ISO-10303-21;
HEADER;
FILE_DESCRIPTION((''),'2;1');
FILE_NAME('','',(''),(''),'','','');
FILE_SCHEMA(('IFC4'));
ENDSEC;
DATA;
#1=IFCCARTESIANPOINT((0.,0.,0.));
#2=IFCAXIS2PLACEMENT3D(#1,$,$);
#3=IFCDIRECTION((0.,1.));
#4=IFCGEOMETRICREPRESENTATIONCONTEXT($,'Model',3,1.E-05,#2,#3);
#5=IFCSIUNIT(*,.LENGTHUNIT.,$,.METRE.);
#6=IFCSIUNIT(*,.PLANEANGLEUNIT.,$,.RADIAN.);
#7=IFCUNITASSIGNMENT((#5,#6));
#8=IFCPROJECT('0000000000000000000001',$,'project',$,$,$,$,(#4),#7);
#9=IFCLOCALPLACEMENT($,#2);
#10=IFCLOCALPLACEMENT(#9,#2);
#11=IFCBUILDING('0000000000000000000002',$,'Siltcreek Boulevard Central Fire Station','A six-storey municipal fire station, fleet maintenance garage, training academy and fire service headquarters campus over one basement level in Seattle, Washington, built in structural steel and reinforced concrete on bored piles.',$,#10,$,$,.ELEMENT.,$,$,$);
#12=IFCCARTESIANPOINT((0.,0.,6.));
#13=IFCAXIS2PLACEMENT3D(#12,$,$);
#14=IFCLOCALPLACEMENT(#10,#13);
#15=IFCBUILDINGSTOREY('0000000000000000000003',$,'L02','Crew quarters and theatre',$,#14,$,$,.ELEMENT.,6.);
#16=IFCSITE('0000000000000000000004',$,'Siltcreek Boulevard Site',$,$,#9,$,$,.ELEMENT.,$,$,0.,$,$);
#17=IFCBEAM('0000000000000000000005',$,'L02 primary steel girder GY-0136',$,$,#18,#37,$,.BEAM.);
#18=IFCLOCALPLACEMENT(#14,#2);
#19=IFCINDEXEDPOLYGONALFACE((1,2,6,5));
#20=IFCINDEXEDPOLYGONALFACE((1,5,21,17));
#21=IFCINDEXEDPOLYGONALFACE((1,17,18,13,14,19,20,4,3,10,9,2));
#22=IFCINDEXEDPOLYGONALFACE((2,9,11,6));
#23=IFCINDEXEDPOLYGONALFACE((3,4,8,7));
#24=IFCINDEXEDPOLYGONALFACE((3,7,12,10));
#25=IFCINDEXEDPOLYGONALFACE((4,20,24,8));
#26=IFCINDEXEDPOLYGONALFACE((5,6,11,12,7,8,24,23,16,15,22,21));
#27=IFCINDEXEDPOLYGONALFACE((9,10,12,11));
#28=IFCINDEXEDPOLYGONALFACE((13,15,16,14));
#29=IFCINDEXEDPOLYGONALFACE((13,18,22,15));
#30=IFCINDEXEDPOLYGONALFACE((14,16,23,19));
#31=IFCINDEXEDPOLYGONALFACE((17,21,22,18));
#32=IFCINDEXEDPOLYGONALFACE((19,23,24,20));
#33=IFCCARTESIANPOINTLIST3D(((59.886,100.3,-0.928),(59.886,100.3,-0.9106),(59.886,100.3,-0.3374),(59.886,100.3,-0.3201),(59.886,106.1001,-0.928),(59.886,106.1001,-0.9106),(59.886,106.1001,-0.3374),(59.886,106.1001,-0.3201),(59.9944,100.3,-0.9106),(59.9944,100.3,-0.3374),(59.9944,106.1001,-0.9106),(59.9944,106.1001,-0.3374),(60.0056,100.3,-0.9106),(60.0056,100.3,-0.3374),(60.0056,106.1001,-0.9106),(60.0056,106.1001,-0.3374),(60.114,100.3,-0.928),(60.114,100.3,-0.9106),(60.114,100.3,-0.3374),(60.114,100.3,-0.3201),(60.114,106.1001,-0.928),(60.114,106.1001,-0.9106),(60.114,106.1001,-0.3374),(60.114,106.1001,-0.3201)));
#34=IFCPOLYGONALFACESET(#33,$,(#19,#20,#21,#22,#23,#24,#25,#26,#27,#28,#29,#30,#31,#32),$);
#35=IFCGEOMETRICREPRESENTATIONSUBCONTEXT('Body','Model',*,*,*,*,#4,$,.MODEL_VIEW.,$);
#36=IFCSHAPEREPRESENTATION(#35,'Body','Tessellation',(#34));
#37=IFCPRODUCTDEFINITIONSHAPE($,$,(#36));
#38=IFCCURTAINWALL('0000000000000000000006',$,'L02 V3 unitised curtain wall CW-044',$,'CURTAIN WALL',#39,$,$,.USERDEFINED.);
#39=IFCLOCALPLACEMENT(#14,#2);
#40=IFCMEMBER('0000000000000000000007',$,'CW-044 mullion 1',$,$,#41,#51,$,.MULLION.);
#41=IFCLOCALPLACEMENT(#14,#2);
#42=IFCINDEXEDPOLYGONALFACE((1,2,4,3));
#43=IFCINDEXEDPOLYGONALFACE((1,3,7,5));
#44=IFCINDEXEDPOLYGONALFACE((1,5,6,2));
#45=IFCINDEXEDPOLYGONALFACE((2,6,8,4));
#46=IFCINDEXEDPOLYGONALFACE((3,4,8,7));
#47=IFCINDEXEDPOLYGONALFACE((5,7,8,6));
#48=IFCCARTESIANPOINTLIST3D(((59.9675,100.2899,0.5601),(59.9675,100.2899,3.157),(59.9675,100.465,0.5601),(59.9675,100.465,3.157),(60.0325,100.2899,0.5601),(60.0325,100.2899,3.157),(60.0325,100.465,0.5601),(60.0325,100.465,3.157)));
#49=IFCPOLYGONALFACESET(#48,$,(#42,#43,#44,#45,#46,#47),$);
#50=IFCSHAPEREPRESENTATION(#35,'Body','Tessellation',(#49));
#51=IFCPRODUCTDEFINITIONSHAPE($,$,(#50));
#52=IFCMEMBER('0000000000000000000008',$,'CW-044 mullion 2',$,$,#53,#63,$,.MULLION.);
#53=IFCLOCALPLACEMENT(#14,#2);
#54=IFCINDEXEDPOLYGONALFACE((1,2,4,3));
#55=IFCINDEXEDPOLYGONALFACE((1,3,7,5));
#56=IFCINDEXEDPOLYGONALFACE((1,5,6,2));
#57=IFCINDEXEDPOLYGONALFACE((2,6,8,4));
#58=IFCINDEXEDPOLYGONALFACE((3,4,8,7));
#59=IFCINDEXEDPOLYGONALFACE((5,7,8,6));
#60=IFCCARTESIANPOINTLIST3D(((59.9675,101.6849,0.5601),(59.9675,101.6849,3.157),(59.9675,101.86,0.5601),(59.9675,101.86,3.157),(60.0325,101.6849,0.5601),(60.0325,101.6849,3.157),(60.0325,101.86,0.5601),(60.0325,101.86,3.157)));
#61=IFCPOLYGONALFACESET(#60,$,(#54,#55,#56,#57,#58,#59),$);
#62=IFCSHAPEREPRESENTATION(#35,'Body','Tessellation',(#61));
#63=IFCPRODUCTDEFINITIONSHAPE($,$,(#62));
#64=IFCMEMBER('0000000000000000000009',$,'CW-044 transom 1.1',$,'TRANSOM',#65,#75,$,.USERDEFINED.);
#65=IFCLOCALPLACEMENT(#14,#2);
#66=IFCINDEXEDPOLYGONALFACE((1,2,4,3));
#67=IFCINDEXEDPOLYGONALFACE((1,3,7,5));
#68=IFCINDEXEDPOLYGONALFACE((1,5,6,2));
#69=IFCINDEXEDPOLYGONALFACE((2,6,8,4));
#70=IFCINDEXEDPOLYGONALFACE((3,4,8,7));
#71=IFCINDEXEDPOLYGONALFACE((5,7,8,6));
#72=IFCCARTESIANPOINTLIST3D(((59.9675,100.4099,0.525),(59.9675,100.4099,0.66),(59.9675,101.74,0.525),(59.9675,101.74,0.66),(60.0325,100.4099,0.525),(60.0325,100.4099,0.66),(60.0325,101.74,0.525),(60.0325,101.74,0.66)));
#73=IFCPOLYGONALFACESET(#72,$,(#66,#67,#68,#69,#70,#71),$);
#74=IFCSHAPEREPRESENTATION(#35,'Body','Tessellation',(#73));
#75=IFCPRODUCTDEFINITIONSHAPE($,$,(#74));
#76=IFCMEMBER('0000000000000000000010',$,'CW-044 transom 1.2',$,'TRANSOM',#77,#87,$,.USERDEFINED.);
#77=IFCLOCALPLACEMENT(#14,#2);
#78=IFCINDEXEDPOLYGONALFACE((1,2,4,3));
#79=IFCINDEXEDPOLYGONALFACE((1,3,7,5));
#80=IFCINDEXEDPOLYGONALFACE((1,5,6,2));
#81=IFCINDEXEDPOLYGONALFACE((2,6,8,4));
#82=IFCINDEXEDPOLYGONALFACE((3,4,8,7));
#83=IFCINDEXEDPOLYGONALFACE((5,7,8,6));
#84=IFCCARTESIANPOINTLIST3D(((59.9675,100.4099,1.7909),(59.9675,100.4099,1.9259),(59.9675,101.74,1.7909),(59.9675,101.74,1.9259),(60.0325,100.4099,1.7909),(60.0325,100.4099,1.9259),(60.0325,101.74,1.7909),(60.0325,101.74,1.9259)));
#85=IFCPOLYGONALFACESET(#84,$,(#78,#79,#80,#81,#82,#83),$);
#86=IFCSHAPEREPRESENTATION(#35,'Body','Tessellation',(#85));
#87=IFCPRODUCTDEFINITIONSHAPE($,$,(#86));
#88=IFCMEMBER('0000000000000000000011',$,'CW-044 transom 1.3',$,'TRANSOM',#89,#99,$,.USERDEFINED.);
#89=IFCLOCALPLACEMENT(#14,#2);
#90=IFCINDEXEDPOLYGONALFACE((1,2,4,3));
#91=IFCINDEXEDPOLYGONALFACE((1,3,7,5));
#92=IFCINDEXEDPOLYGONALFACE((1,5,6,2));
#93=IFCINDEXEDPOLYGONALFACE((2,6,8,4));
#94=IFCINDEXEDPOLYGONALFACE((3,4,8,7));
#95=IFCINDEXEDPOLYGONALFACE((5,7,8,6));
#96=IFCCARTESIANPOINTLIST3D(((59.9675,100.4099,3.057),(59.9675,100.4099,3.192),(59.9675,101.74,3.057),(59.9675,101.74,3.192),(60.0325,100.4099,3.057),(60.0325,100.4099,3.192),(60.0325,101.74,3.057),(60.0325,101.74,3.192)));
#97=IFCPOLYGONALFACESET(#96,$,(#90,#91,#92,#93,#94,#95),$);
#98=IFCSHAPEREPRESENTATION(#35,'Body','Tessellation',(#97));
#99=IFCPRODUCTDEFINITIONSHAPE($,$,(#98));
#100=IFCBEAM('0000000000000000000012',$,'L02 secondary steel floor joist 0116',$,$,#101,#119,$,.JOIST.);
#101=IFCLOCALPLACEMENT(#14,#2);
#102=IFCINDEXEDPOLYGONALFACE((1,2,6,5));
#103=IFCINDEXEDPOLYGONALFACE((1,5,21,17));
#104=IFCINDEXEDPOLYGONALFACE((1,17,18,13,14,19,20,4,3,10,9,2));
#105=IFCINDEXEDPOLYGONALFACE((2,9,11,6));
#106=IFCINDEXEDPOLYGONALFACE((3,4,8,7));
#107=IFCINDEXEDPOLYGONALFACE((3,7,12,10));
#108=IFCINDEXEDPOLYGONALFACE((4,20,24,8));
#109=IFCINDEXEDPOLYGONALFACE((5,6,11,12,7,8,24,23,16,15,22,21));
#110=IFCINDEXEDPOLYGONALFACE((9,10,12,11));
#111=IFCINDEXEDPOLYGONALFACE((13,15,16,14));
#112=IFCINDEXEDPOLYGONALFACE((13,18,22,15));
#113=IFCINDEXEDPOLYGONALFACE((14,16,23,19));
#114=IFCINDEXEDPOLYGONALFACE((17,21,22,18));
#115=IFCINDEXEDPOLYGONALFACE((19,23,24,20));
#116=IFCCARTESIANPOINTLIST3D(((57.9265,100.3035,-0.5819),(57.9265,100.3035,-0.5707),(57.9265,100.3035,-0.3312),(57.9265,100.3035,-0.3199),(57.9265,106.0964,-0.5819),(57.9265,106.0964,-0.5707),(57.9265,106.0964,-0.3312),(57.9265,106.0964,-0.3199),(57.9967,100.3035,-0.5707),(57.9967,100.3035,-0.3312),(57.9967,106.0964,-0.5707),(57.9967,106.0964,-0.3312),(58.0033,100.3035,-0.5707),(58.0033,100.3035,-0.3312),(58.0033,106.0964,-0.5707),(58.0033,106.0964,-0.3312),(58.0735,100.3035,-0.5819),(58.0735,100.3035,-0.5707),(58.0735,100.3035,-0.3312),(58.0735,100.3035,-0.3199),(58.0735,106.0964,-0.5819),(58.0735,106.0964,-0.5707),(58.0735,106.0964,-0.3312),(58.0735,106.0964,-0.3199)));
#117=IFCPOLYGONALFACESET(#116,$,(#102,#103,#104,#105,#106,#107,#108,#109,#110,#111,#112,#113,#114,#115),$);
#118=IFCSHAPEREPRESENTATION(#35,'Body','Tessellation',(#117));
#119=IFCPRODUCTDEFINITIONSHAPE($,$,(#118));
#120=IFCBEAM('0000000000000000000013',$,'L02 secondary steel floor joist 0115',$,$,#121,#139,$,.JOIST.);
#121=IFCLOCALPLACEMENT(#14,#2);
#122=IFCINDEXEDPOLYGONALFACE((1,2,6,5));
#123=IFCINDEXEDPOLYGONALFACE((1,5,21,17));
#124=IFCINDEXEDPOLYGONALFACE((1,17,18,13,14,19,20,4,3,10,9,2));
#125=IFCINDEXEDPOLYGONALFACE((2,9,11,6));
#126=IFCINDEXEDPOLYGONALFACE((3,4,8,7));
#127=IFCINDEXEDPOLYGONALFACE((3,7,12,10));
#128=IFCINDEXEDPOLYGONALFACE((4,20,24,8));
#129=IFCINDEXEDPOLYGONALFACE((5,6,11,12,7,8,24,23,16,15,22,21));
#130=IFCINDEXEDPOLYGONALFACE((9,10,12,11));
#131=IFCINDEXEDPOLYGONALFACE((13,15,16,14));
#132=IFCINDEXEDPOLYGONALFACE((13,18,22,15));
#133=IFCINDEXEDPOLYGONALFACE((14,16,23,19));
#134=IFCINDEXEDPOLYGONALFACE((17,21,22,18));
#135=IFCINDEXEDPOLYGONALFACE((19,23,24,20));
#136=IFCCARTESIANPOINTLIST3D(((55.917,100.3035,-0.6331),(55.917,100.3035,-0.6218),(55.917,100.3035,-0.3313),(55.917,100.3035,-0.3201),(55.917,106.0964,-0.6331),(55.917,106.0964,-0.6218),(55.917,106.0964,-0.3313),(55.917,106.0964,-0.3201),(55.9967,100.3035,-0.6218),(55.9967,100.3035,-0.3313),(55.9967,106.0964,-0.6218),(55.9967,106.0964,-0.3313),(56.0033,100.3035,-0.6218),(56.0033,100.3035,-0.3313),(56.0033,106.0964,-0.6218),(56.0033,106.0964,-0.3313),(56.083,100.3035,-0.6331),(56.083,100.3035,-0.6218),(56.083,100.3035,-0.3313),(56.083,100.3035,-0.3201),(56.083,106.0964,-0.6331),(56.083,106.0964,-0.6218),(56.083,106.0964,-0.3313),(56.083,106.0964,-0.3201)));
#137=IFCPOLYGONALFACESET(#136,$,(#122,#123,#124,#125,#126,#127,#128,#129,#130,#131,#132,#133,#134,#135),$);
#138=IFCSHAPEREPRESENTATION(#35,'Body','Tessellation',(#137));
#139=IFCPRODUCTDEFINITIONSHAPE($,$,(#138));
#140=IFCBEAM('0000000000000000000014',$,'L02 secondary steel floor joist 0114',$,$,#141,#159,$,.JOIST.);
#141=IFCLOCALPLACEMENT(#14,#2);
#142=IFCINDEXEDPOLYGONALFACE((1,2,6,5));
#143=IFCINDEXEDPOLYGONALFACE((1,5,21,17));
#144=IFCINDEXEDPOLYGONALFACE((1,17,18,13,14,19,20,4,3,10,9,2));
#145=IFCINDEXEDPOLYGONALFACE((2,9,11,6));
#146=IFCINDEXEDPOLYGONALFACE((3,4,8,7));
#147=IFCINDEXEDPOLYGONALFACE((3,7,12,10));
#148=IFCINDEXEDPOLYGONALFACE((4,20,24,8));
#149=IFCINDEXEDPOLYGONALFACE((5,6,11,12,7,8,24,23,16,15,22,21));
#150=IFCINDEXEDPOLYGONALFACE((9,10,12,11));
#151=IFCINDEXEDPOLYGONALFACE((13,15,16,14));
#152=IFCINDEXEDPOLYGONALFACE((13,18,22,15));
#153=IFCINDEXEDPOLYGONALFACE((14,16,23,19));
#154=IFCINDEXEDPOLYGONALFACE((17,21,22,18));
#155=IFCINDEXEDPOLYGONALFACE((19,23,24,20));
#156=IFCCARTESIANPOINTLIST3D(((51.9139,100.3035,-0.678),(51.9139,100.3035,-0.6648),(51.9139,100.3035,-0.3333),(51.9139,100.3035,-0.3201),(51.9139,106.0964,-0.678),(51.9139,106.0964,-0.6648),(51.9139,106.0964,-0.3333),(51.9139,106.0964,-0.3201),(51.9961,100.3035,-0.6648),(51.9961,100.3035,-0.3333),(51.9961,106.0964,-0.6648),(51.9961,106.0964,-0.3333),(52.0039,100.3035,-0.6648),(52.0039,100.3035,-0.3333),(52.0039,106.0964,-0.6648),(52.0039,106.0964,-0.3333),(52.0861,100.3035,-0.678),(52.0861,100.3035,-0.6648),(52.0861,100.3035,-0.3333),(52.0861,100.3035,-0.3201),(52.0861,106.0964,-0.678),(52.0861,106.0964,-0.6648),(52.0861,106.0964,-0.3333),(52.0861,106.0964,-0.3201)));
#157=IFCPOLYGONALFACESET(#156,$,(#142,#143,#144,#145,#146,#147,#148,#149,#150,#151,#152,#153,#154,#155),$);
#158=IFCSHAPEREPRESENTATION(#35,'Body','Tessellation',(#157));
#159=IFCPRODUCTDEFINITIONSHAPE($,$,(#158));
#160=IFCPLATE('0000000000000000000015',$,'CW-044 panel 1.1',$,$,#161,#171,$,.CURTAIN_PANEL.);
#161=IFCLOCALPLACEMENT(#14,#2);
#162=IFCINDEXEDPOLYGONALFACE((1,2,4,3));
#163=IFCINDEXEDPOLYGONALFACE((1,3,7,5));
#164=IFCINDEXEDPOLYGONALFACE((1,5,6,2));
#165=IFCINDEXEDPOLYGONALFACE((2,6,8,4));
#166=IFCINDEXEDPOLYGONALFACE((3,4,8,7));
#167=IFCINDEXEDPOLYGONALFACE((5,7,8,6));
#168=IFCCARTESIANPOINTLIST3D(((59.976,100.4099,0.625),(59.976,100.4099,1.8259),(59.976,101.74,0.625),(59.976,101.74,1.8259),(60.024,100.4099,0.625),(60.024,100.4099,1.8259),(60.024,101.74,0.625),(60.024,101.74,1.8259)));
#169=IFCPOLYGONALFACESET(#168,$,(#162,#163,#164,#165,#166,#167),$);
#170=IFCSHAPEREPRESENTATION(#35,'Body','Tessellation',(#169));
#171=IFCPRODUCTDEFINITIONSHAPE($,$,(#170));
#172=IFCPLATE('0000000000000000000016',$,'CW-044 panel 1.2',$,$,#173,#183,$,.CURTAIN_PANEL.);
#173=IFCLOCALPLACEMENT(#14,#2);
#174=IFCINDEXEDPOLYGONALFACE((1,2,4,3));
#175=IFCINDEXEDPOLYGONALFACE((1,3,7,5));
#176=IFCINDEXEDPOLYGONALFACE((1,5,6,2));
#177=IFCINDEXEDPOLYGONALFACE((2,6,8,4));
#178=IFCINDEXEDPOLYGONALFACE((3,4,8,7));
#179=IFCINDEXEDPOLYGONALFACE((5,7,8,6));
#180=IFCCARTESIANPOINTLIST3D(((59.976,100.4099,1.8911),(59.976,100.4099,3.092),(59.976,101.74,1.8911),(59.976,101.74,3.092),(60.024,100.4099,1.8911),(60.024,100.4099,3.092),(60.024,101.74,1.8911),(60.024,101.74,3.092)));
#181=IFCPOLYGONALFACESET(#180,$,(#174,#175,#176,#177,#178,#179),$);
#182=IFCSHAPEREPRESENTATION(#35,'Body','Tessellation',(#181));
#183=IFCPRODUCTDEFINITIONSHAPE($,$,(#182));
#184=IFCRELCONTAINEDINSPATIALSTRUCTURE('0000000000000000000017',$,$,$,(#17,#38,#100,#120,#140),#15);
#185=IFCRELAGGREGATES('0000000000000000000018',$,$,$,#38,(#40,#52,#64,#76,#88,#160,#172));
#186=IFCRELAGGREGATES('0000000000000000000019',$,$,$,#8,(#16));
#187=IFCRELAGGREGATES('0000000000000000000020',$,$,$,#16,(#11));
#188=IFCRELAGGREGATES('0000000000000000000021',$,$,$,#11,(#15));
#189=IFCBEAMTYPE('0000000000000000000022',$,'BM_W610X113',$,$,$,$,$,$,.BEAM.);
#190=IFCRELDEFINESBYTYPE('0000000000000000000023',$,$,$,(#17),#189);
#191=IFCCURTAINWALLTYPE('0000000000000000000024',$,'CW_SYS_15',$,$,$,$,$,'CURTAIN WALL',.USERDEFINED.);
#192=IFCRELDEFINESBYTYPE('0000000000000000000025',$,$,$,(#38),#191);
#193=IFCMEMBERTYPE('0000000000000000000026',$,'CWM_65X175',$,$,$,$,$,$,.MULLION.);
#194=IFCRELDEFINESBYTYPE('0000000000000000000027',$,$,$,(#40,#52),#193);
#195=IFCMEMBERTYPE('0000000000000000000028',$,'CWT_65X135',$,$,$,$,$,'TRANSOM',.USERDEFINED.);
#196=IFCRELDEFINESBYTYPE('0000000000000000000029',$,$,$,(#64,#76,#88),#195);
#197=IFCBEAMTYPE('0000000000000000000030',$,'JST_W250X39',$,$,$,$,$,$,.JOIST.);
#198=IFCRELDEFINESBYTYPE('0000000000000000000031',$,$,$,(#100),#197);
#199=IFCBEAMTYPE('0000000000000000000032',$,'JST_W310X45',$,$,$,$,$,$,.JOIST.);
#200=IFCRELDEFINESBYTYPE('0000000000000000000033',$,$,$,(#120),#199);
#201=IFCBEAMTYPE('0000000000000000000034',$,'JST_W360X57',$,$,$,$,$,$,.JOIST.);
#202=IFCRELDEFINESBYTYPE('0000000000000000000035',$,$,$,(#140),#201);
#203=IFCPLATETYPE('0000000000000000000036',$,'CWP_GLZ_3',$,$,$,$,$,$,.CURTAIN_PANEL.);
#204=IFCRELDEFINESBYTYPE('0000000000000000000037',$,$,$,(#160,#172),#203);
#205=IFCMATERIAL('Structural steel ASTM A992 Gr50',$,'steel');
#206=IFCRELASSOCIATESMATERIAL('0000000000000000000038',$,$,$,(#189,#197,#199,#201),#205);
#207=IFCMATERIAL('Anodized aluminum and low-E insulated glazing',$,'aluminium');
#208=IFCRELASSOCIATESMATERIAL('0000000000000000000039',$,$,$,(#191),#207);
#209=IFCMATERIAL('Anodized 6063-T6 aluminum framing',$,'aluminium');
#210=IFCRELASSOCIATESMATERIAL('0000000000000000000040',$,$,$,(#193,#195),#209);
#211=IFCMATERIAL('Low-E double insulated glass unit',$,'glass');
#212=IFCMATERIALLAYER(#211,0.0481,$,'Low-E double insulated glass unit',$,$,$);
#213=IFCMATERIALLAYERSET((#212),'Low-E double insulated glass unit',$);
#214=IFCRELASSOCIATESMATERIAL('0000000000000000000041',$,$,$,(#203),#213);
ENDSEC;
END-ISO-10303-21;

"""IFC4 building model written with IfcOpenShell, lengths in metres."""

from ifc_helpers import new_model, si_unit, direction, frame, origin, origin_2d, place, context, subcontext, project, spatial, rectangle, i_section, extrude, material, layer, layer_set, material_profile, profile_set, type_object, element, aggregate, save


model = new_model("IFC4")

# Units and contexts
model_context = context("Model", 3, precision=1e-05, world=origin(), true_north=direction((0.0, 1.0)))
body_context = subcontext(model_context, "Body", "Model", "MODEL_VIEW")
ifc_project = project(units=[si_unit("LENGTHUNIT", "METRE"), si_unit("PLANEANGLEUNIT", "RADIAN")], contexts=[model_context])

# Site, building, storey
site_placement = place(None, origin())
site = spatial("IfcSite", under=ifc_project, at=site_placement, Name="Siltcreek Boulevard Site", CompositionType="ELEMENT", RefElevation=0.0)
building_placement = place(site_placement, origin())
building = spatial("IfcBuilding", under=site, at=building_placement, Name="Siltcreek Boulevard Central Fire Station", Description="A six-storey municipal fire station, fleet maintenance garage, training academy and fire service headquarters campus over one basement level in Seattle, Washington, built in structural steel and reinforced concrete on bored piles.", CompositionType="ELEMENT")
storey_placement = place(building_placement, frame((0.0, 0.0, 6.0)))
storey = spatial("IfcBuildingStorey", under=building, at=storey_placement, Name="L02", Description="Crew quarters and theatre", CompositionType="ELEMENT", Elevation=6.0)

# Beam
ifc_material_1 = material(Name="Structural steel ASTM A992 Gr50", Category="steel")
ifc_material_profile_1 = material_profile(ifc_material_1, i_section(OverallWidth=0.228, OverallDepth=0.6079, WebThickness=0.0112, FlangeThickness=0.0173, at=origin_2d()), Name="W610X113")
ifc_profile_set_1 = profile_set([ifc_material_profile_1], Name="Structural steel ASTM A992 Gr50")
beam_type_1 = type_object("IfcBeamType", Name="BM_W610X113", PredefinedType="BEAM", material=ifc_profile_set_1)
beam_1_placement = place(storey_placement, frame((60.0, 100.3, -0.624), z_axis=(0.0, 1.0, 0.0), x_axis=(-1.0, 0.0, 0.0)))
element("IfcBeam", 1, at=beam_1_placement, inside=storey, type_object=beam_type_1, Name="L02 primary steel girder GY-0136", PredefinedType="BEAM", context=body_context, shape_type="SweptSolid", body=[
    extrude(i_section(OverallWidth=0.228, OverallDepth=0.6079, WebThickness=0.0112, FlangeThickness=0.0173, at=origin_2d()), origin(), (0.0, 0.0, 1.0), 5.8),
])

# Curtain wall, members
ifc_material_2 = material(Name="Anodized aluminum and low-E insulated glazing", Category="aluminium")
curtain_wall_type = type_object("IfcCurtainWallType", Name="CW_SYS_15", ElementType="CURTAIN WALL", PredefinedType="USERDEFINED", material=ifc_material_2)
curtain_wall_placement = place(storey_placement, origin())
curtain_wall = element("IfcCurtainWall", 2, at=curtain_wall_placement, inside=storey, type_object=curtain_wall_type, Name="L02 V3 unitised curtain wall CW-044", ObjectType="CURTAIN WALL", PredefinedType="USERDEFINED")
ifc_material_3 = material(Name="Anodized 6063-T6 aluminum framing", Category="aluminium")
ifc_material_profile_2 = material_profile(ifc_material_3, rectangle(XDim=0.0649, YDim=0.175, at=origin_2d()), Name="MULL65X175")
ifc_profile_set_2 = profile_set([ifc_material_profile_2], Name="Anodized 6063-T6 aluminum framing")
member_type_1 = type_object("IfcMemberType", Name="CWM_65X175", PredefinedType="MULLION", material=ifc_profile_set_2)
member_1_placement = place(storey_placement, frame((60.0, 100.3774, 0.5601), z_axis=(0.0, 0.0, 1.0), x_axis=(-1.0, 0.0, 0.0)))
member_1 = element("IfcMember", 3, at=member_1_placement, type_object=member_type_1, Name="CW-044 mullion 1", PredefinedType="MULLION", context=body_context, shape_type="SweptSolid", body=[
    extrude(rectangle(XDim=0.0649, YDim=0.175, at=origin_2d()), origin(), (0.0, 0.0, 1.0), 2.5969),
])
member_2_placement = place(storey_placement, frame((60.0, 101.7725, 0.5601), z_axis=(0.0, 0.0, 1.0), x_axis=(-1.0, 0.0, 0.0)))
member_2 = element("IfcMember", 4, at=member_2_placement, type_object=member_type_1, Name="CW-044 mullion 2", PredefinedType="MULLION", context=body_context, shape_type="SweptSolid", body=[
    extrude(rectangle(XDim=0.0649, YDim=0.175, at=origin_2d()), origin(), (0.0, 0.0, 1.0), 2.5969),
])
ifc_material_profile_3 = material_profile(ifc_material_3, rectangle(XDim=0.0649, YDim=0.135, at=origin_2d()), Name="TRAN65X135")
ifc_profile_set_3 = profile_set([ifc_material_profile_3], Name="Anodized 6063-T6 aluminum framing")
member_type_2 = type_object("IfcMemberType", Name="CWT_65X135", ElementType="TRANSOM", PredefinedType="USERDEFINED", material=ifc_profile_set_3)
member_3_placement = place(storey_placement, frame((60.0, 100.4099, 0.5925), z_axis=(0.0, 1.0, 0.0), x_axis=(-1.0, 0.0, 0.0)))
member_3 = element("IfcMember", 5, at=member_3_placement, type_object=member_type_2, Name="CW-044 transom 1.1", ObjectType="TRANSOM", PredefinedType="USERDEFINED", context=body_context, shape_type="SweptSolid", body=[
    extrude(rectangle(XDim=0.0649, YDim=0.135, at=origin_2d()), origin(), (0.0, 0.0, 1.0), 1.3301),
])
member_4_placement = place(storey_placement, frame((60.0, 100.4099, 1.8584), z_axis=(0.0, 1.0, 0.0), x_axis=(-1.0, 0.0, 0.0)))
member_4 = element("IfcMember", 6, at=member_4_placement, type_object=member_type_2, Name="CW-044 transom 1.2", ObjectType="TRANSOM", PredefinedType="USERDEFINED", context=body_context, shape_type="SweptSolid", body=[
    extrude(rectangle(XDim=0.0649, YDim=0.135, at=origin_2d()), origin(), (0.0, 0.0, 1.0), 1.3301),
])
member_5_placement = place(storey_placement, frame((60.0, 100.4099, 3.1245), z_axis=(0.0, 1.0, 0.0), x_axis=(-1.0, 0.0, 0.0)))
member_5 = element("IfcMember", 7, at=member_5_placement, type_object=member_type_2, Name="CW-044 transom 1.3", ObjectType="TRANSOM", PredefinedType="USERDEFINED", context=body_context, shape_type="SweptSolid", body=[
    extrude(rectangle(XDim=0.0649, YDim=0.135, at=origin_2d()), origin(), (0.0, 0.0, 1.0), 1.3301),
])

# Beams
ifc_material_profile_4 = material_profile(ifc_material_1, i_section(OverallWidth=0.147, OverallDepth=0.262, WebThickness=0.0066, FlangeThickness=0.0112, at=origin_2d()), Name="W250X39")
ifc_profile_set_4 = profile_set([ifc_material_profile_4], Name="Structural steel ASTM A992 Gr50")
beam_type_2 = type_object("IfcBeamType", Name="JST_W250X39", PredefinedType="JOIST", material=ifc_profile_set_4)
beam_2_placement = place(storey_placement, frame((58.0, 100.3035, -0.4509), z_axis=(0.0, 1.0, 0.0), x_axis=(-1.0, 0.0, 0.0)))
element("IfcBeam", 8, at=beam_2_placement, inside=storey, type_object=beam_type_2, Name="L02 secondary steel floor joist 0116", PredefinedType="JOIST", context=body_context, shape_type="SweptSolid", body=[
    extrude(i_section(OverallWidth=0.147, OverallDepth=0.262, WebThickness=0.0066, FlangeThickness=0.0112, at=origin_2d()), origin(), (0.0, 0.0, 1.0), 5.793),
])
ifc_material_profile_5 = material_profile(ifc_material_1, i_section(OverallWidth=0.166, OverallDepth=0.313, WebThickness=0.0066, FlangeThickness=0.0112, at=origin_2d()), Name="W310X45")
ifc_profile_set_5 = profile_set([ifc_material_profile_5], Name="Structural steel ASTM A992 Gr50")
beam_type_3 = type_object("IfcBeamType", Name="JST_W310X45", PredefinedType="JOIST", material=ifc_profile_set_5)
beam_3_placement = place(storey_placement, frame((56.0, 100.3035, -0.4766), z_axis=(0.0, 1.0, 0.0), x_axis=(-1.0, 0.0, 0.0)))
element("IfcBeam", 9, at=beam_3_placement, inside=storey, type_object=beam_type_3, Name="L02 secondary steel floor joist 0115", PredefinedType="JOIST", context=body_context, shape_type="SweptSolid", body=[
    extrude(i_section(OverallWidth=0.166, OverallDepth=0.313, WebThickness=0.0066, FlangeThickness=0.0112, at=origin_2d()), origin(), (0.0, 0.0, 1.0), 5.793),
])
ifc_material_profile_6 = material_profile(ifc_material_1, i_section(OverallWidth=0.1721, OverallDepth=0.3579, WebThickness=0.0078, FlangeThickness=0.0132, at=origin_2d()), Name="W360X57")
ifc_profile_set_6 = profile_set([ifc_material_profile_6], Name="Structural steel ASTM A992 Gr50")
beam_type_4 = type_object("IfcBeamType", Name="JST_W360X57", PredefinedType="JOIST", material=ifc_profile_set_6)
beam_4_placement = place(storey_placement, frame((52.0, 100.3035, -0.499), z_axis=(0.0, 1.0, 0.0), x_axis=(-1.0, 0.0, 0.0)))
element("IfcBeam", 10, at=beam_4_placement, inside=storey, type_object=beam_type_4, Name="L02 secondary steel floor joist 0114", PredefinedType="JOIST", context=body_context, shape_type="SweptSolid", body=[
    extrude(i_section(OverallWidth=0.1721, OverallDepth=0.3579, WebThickness=0.0078, FlangeThickness=0.0132, at=origin_2d()), origin(), (0.0, 0.0, 1.0), 5.793),
])

# Plates
ifc_material_4 = material(Name="Low-E double insulated glass unit", Category="glass")
ifc_layer_1 = layer(ifc_material_4, 0.0481, Name="Low-E double insulated glass unit")
ifc_layer_set_1 = layer_set([ifc_layer_1], Name="Low-E double insulated glass unit")
plate_type = type_object("IfcPlateType", Name="CWP_GLZ_3", PredefinedType="CURTAIN_PANEL", material=ifc_layer_set_1)
plate_1_placement = place(storey_placement, frame((60.0, 101.075, 0.625), z_axis=(0.0, 0.0, 1.0), x_axis=(0.0, 1.0, 0.0)))
plate_1 = element("IfcPlate", 11, at=plate_1_placement, type_object=plate_type, Name="CW-044 panel 1.1", PredefinedType="CURTAIN_PANEL", context=body_context, shape_type="SweptSolid", body=[
    extrude(rectangle(XDim=1.3301, YDim=0.0481, at=origin_2d()), origin(), (0.0, 0.0, 1.0), 1.2009),
])
plate_2_placement = place(storey_placement, frame((60.0, 101.075, 1.8911), z_axis=(0.0, 0.0, 1.0), x_axis=(0.0, 1.0, 0.0)))
plate_2 = element("IfcPlate", 12, at=plate_2_placement, type_object=plate_type, Name="CW-044 panel 1.2", PredefinedType="CURTAIN_PANEL", context=body_context, shape_type="SweptSolid", body=[
    extrude(rectangle(XDim=1.3301, YDim=0.0481, at=origin_2d()), origin(), (0.0, 0.0, 1.0), 1.2009),
])
aggregate(curtain_wall, [member_1, member_2, member_3, member_4, member_5, plate_1, plate_2])

save(model, "model.ifc")
